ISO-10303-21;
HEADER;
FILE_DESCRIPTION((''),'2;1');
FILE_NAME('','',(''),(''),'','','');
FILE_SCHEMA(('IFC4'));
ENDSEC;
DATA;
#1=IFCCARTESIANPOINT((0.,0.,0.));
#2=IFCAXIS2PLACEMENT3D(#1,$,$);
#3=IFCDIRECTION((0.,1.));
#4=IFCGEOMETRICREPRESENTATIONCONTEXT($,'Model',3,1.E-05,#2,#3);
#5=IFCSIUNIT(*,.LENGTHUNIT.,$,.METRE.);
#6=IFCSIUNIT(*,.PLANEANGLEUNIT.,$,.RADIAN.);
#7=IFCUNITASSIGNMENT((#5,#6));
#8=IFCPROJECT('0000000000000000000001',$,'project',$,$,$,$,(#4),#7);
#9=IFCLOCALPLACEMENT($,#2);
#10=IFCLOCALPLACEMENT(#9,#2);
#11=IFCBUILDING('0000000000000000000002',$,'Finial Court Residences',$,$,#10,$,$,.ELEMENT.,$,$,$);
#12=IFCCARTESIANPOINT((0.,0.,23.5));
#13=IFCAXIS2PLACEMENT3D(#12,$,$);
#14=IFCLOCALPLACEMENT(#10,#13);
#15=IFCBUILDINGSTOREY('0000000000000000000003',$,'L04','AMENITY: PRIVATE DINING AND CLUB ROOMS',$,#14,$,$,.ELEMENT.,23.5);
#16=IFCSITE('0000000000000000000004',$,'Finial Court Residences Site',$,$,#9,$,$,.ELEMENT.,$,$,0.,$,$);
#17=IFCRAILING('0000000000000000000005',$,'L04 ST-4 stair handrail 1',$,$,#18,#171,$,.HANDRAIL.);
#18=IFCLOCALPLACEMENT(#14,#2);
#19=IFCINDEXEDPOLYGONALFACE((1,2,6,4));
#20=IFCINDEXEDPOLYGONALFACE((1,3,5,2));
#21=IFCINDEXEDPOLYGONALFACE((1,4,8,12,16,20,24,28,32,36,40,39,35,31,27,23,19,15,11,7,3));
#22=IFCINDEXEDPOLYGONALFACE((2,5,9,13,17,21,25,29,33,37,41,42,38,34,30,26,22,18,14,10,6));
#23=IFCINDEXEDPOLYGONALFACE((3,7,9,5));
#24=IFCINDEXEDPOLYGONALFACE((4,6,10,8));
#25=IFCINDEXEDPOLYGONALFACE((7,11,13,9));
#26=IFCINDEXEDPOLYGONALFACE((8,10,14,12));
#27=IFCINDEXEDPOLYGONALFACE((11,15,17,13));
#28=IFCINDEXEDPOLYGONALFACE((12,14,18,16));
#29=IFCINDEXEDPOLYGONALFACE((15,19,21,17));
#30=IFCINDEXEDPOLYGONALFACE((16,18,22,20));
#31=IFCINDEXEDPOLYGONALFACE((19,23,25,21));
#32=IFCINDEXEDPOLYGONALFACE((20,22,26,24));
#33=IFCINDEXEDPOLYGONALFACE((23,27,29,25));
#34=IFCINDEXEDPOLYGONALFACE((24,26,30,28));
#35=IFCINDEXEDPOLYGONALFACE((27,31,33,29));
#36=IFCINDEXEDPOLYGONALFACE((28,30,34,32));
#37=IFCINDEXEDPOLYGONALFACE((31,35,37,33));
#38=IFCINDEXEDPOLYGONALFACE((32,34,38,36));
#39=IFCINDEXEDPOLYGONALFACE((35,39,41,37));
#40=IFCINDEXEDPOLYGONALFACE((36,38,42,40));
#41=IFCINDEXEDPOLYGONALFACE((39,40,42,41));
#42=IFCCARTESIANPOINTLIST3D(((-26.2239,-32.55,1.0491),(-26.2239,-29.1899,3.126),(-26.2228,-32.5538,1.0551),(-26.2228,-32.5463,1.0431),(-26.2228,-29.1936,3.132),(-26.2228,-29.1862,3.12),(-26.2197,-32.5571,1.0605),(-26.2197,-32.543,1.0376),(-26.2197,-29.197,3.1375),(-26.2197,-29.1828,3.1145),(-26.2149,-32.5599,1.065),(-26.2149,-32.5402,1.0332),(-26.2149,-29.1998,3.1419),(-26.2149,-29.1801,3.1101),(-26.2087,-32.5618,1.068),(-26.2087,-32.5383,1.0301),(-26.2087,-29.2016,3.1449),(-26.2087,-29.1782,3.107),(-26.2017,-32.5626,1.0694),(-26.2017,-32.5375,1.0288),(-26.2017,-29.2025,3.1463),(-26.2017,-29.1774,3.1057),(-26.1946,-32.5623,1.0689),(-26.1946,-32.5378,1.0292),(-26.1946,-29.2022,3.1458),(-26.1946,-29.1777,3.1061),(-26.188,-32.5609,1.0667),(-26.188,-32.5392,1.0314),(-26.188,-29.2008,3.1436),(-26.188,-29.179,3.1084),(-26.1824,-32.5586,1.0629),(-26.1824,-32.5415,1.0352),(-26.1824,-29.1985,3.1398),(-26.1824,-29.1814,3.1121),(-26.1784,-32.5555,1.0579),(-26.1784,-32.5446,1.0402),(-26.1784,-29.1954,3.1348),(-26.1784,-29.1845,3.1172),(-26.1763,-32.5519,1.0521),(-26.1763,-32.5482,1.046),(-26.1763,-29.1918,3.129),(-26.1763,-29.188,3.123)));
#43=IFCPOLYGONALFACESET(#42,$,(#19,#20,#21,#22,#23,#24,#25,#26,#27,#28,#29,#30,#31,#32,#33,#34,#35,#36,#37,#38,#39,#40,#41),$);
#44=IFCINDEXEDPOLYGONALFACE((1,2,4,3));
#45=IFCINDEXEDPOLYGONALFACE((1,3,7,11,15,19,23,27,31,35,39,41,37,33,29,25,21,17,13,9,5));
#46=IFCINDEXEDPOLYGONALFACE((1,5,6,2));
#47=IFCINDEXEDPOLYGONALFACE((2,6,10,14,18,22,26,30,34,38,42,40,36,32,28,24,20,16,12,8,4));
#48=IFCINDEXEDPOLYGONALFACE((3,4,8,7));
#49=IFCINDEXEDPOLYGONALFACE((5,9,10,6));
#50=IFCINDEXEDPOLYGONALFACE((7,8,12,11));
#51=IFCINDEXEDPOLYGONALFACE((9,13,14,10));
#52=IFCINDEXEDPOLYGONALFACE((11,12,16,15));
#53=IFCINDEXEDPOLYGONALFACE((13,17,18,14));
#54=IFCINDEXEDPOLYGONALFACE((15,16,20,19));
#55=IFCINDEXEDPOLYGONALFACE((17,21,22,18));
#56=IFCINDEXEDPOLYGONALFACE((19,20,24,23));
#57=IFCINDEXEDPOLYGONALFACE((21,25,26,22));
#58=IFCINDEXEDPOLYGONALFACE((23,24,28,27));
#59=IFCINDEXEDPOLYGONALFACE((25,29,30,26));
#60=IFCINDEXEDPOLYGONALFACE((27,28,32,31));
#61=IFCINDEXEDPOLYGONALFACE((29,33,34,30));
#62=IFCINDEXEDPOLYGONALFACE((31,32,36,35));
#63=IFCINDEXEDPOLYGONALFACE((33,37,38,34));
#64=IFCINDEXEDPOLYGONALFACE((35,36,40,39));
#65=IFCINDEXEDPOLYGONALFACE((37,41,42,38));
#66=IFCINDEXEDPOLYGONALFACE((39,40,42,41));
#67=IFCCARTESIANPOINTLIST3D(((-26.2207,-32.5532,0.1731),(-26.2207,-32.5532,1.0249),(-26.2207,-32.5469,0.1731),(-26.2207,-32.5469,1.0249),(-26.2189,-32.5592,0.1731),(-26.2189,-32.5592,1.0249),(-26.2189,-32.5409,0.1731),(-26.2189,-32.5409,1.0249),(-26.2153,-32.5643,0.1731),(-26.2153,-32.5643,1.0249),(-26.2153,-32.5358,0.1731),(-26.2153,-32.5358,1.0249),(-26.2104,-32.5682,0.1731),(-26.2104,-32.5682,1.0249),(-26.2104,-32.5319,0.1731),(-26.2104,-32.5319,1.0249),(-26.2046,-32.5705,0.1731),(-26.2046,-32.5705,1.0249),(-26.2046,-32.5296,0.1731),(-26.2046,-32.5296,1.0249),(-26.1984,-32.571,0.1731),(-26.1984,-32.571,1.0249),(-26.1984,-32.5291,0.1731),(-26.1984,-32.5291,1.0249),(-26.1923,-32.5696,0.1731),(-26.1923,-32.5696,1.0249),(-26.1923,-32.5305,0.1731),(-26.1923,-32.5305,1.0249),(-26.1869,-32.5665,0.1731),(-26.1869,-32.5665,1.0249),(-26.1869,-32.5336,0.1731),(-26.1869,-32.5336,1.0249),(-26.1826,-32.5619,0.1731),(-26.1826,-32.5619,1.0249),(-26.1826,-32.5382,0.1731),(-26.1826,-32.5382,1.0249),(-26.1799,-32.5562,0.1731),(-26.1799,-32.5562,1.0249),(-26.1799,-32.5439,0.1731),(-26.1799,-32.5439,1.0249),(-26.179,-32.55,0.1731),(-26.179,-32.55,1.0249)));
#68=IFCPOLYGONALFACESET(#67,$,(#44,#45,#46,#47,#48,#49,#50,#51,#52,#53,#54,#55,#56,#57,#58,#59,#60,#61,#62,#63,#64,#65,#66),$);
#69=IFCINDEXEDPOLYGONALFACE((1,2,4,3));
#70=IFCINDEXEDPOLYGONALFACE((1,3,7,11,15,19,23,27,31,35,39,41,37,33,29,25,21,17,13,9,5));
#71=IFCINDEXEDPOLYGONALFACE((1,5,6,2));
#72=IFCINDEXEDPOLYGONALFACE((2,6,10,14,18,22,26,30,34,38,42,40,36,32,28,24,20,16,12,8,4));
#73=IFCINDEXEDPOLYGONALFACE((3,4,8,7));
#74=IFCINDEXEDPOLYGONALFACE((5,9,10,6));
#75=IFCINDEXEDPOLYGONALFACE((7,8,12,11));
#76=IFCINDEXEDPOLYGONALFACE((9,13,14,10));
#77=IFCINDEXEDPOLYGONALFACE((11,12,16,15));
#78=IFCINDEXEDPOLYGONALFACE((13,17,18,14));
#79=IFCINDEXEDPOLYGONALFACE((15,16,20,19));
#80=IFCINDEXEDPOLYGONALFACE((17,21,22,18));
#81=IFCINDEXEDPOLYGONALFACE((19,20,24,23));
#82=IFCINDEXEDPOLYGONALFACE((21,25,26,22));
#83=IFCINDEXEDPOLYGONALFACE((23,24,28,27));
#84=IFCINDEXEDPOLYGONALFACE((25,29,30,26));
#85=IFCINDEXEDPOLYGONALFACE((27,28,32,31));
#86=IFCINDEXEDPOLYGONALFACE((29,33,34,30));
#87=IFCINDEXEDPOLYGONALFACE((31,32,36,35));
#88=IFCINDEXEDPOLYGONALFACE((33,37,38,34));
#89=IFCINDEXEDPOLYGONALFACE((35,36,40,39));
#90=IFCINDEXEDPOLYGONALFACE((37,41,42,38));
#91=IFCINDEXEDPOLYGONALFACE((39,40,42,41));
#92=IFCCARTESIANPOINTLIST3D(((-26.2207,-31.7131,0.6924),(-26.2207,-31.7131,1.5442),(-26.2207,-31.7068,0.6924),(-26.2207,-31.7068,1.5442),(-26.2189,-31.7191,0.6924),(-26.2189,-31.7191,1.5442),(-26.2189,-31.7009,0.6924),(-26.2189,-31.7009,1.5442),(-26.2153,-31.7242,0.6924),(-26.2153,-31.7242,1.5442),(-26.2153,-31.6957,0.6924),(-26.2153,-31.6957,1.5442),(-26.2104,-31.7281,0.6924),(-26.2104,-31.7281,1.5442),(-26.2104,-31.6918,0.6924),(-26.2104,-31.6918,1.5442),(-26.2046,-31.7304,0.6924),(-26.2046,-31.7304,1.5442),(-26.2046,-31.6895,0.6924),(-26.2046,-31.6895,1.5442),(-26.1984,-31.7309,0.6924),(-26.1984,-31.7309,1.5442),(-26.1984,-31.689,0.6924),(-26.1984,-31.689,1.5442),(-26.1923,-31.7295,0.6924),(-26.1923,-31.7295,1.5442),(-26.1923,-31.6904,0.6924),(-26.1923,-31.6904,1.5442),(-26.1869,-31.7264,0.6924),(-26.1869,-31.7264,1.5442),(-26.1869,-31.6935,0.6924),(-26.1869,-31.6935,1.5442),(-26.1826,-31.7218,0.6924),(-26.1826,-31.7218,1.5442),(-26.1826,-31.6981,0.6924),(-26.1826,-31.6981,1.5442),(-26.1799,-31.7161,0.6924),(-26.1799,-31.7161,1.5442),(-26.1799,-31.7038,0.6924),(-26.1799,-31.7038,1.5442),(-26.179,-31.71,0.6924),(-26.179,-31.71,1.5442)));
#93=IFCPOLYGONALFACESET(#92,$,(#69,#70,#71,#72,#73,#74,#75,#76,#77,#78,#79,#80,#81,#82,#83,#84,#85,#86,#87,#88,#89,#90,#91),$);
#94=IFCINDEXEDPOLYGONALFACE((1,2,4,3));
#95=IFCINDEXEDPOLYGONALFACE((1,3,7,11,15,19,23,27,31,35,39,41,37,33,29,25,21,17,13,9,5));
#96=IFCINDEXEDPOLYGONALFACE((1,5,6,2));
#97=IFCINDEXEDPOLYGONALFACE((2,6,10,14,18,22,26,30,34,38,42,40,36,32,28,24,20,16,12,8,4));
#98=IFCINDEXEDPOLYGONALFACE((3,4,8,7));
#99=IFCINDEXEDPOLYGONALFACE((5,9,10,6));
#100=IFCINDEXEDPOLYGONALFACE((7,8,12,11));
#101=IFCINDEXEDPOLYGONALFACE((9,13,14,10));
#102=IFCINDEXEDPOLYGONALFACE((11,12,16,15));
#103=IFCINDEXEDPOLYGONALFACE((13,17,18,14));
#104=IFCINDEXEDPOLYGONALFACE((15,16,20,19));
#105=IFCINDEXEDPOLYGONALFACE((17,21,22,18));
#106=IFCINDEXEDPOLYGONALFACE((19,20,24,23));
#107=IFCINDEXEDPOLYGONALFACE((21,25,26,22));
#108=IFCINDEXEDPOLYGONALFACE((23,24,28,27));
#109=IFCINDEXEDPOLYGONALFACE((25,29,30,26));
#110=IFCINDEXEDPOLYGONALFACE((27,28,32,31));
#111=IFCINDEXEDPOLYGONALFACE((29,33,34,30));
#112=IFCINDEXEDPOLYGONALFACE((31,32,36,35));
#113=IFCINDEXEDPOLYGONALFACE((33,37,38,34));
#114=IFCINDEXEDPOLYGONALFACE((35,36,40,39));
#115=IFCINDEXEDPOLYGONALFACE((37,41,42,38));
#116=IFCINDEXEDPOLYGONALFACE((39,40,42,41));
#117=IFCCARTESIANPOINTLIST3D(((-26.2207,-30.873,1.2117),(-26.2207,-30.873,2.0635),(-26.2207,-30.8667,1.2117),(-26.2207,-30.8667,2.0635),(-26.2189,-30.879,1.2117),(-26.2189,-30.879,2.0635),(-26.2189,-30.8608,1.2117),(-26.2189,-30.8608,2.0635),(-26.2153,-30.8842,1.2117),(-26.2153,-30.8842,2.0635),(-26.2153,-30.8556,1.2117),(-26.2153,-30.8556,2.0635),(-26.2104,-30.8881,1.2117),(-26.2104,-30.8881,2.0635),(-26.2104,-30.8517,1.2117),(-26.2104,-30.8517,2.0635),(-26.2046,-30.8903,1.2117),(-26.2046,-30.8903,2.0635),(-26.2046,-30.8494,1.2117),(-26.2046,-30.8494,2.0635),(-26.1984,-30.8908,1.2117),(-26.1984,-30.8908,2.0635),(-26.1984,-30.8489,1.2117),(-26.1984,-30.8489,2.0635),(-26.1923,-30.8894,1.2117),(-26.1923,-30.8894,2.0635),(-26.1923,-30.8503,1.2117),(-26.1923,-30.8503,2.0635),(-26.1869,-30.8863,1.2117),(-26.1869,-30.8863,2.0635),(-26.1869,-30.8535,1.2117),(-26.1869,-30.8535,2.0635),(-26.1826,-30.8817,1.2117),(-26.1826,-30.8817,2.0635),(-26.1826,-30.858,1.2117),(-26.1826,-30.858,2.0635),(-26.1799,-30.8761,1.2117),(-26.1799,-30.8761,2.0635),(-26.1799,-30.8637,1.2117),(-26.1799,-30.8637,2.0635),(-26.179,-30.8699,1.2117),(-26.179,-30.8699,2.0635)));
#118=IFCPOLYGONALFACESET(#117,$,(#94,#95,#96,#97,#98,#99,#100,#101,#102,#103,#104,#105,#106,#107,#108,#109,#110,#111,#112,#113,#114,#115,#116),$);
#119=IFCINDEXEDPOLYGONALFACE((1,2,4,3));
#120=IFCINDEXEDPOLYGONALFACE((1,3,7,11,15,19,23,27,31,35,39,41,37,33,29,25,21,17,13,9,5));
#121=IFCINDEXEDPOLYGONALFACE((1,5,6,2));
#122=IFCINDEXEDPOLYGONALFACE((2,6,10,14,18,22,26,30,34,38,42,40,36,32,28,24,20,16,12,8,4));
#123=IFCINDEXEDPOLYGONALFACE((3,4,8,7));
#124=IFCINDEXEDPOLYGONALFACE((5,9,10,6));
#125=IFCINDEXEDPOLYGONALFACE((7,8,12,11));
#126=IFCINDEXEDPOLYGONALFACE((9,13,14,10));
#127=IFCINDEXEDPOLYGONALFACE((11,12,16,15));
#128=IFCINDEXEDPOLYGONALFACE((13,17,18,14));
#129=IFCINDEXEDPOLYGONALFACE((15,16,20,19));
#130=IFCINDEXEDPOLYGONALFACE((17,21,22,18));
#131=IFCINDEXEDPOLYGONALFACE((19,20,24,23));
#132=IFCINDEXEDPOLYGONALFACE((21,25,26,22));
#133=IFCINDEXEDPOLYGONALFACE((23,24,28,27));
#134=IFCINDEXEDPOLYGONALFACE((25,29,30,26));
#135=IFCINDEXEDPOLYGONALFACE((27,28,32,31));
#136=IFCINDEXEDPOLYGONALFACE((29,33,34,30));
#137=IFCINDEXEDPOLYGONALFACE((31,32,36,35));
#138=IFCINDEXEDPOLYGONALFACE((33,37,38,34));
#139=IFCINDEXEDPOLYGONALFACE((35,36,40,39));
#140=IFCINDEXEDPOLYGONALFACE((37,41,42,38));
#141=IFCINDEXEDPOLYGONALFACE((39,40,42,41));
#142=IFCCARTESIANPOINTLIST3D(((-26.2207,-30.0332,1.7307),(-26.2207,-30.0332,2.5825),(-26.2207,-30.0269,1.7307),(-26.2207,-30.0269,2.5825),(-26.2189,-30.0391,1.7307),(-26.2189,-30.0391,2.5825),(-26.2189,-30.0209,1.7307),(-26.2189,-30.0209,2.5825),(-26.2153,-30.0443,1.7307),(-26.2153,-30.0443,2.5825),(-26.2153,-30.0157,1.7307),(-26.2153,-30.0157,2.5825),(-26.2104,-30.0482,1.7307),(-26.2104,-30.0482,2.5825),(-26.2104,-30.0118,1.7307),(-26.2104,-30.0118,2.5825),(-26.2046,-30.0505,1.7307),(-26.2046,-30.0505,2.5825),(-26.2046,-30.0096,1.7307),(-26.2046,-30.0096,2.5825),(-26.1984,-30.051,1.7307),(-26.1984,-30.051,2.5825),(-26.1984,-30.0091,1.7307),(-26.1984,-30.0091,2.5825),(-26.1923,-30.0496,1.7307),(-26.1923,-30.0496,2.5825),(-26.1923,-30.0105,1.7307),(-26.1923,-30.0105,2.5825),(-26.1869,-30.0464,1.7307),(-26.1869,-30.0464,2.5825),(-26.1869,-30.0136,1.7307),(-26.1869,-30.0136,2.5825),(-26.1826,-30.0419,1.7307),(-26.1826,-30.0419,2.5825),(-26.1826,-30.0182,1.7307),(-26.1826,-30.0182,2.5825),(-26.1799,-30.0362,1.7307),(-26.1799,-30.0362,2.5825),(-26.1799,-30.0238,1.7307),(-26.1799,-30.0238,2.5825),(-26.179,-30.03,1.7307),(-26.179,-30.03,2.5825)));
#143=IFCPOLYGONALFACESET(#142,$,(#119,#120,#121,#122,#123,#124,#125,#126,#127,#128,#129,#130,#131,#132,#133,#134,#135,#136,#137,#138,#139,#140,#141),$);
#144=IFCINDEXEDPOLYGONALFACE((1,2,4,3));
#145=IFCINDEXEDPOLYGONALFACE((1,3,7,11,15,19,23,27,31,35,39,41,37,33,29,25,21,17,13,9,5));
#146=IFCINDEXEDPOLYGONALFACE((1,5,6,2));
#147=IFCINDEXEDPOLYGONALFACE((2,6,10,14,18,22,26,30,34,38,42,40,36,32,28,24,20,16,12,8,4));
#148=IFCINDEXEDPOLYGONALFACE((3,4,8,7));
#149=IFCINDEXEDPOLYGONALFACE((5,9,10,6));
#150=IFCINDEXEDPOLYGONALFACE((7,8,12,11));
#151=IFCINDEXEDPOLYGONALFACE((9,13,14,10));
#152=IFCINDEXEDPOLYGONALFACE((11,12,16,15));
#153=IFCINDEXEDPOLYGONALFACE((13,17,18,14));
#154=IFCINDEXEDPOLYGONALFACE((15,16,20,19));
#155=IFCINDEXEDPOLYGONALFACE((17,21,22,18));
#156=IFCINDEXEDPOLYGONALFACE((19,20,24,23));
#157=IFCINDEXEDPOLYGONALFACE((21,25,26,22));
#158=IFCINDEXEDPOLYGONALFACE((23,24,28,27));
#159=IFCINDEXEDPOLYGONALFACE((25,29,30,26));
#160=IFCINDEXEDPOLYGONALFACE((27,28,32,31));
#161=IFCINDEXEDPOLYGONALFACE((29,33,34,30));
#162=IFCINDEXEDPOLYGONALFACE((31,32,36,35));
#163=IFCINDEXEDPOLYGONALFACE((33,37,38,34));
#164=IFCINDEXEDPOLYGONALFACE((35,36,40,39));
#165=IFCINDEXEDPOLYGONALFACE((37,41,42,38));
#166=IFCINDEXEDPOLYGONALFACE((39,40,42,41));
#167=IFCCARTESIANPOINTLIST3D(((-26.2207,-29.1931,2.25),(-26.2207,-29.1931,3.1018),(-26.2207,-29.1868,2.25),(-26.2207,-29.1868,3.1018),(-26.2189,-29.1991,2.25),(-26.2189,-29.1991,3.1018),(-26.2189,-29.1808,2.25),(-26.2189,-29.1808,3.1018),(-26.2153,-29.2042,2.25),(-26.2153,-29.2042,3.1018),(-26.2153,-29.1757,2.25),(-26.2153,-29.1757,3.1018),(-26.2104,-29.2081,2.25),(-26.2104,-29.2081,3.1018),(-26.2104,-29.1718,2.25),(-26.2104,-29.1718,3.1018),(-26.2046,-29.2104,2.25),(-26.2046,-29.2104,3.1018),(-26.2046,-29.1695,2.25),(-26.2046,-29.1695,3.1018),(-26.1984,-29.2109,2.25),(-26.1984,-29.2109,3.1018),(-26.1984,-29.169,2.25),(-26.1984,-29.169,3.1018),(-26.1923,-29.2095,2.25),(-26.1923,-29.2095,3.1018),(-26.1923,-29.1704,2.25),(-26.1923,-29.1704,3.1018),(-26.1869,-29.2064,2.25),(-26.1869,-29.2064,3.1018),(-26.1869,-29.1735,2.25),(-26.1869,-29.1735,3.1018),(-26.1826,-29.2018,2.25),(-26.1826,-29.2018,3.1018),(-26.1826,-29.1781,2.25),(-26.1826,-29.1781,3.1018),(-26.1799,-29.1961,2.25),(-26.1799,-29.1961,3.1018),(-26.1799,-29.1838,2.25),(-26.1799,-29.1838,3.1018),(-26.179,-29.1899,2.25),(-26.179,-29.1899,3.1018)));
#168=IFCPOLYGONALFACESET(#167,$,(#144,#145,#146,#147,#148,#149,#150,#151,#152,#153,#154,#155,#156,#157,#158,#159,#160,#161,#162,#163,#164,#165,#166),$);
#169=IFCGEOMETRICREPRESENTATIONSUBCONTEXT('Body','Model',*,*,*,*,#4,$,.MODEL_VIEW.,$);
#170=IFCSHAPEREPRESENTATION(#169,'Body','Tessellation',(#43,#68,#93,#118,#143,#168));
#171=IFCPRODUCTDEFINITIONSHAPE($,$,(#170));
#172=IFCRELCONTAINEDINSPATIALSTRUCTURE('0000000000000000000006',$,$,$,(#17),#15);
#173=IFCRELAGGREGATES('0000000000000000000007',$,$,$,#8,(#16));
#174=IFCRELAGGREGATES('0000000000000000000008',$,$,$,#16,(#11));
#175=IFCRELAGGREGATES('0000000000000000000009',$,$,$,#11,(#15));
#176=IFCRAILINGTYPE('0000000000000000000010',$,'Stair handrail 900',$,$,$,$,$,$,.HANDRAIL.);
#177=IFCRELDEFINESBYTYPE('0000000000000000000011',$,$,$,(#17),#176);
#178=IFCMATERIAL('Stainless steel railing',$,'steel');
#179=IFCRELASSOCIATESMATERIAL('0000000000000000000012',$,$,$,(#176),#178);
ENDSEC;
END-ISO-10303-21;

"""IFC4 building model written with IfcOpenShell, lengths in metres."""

from ifc_helpers import new_model, si_unit, direction, frame, origin, origin_2d, place, context, subcontext, project, spatial, circle, extrude, material, type_object, element, save


model = new_model("IFC4")

# Units and contexts
model_context = context("Model", 3, precision=1e-05, world=origin(), true_north=direction((0.0, 1.0)))
body_context = subcontext(model_context, "Body", "Model", "MODEL_VIEW")
ifc_project = project(units=[si_unit("LENGTHUNIT", "METRE"), si_unit("PLANEANGLEUNIT", "RADIAN")], contexts=[model_context])

# Site, building, storey
site_placement = place(None, origin())
site = spatial("IfcSite", under=ifc_project, at=site_placement, Name="Finial Court Residences Site", CompositionType="ELEMENT", RefElevation=0.0)
building_placement = place(site_placement, origin())
building = spatial("IfcBuilding", under=site, at=building_placement, Name="Finial Court Residences", CompositionType="ELEMENT")
storey_placement = place(building_placement, frame((0.0, 0.0, 23.5)))
storey = spatial("IfcBuildingStorey", under=building, at=storey_placement, Name="L04", Description="AMENITY: PRIVATE DINING AND CLUB ROOMS", CompositionType="ELEMENT", Elevation=23.5)

# Railing
ifc_material_1 = material(Name="Stainless steel railing", Category="steel")
railing_type_1 = type_object("IfcRailingType", Name="Stair handrail 900", PredefinedType="HANDRAIL", material=ifc_material_1)
railing_1_placement = place(storey_placement, frame((-26.2, -32.55, 0.1731)))
element("IfcRailing", 1, at=railing_1_placement, inside=storey, type_object=railing_type_1, Name="L04 ST-4 stair handrail 1", PredefinedType="HANDRAIL", context=body_context, shape_type="SweptSolid", body=[
    extrude(circle(Radius=0.0239, at=origin_2d()), frame((0.0, 0.0, 0.876), z_axis=(0.0, 0.850623, 0.525776), x_axis=(-1.0, 0.0, 0.0)), (0.0, 0.0, 1.0), 3.9502),
    extrude(circle(Radius=0.021, at=origin_2d()), origin(), (0.0, 0.0, 1.0), 0.8518),
    extrude(circle(Radius=0.021, at=origin_2d()), frame((0.0, 0.8401, 0.5193)), (0.0, 0.0, 1.0), 0.8518),
    extrude(circle(Radius=0.021, at=origin_2d()), frame((0.0, 1.6802, 1.0386)), (0.0, 0.0, 1.0), 0.8518),
    extrude(circle(Radius=0.021, at=origin_2d()), frame((0.0, 2.52, 1.5576)), (0.0, 0.0, 1.0), 0.8518),
    extrude(circle(Radius=0.021, at=origin_2d()), frame((0.0, 3.3601, 2.0769)), (0.0, 0.0, 1.0), 0.8518),
])

save(model, "model.ifc")
